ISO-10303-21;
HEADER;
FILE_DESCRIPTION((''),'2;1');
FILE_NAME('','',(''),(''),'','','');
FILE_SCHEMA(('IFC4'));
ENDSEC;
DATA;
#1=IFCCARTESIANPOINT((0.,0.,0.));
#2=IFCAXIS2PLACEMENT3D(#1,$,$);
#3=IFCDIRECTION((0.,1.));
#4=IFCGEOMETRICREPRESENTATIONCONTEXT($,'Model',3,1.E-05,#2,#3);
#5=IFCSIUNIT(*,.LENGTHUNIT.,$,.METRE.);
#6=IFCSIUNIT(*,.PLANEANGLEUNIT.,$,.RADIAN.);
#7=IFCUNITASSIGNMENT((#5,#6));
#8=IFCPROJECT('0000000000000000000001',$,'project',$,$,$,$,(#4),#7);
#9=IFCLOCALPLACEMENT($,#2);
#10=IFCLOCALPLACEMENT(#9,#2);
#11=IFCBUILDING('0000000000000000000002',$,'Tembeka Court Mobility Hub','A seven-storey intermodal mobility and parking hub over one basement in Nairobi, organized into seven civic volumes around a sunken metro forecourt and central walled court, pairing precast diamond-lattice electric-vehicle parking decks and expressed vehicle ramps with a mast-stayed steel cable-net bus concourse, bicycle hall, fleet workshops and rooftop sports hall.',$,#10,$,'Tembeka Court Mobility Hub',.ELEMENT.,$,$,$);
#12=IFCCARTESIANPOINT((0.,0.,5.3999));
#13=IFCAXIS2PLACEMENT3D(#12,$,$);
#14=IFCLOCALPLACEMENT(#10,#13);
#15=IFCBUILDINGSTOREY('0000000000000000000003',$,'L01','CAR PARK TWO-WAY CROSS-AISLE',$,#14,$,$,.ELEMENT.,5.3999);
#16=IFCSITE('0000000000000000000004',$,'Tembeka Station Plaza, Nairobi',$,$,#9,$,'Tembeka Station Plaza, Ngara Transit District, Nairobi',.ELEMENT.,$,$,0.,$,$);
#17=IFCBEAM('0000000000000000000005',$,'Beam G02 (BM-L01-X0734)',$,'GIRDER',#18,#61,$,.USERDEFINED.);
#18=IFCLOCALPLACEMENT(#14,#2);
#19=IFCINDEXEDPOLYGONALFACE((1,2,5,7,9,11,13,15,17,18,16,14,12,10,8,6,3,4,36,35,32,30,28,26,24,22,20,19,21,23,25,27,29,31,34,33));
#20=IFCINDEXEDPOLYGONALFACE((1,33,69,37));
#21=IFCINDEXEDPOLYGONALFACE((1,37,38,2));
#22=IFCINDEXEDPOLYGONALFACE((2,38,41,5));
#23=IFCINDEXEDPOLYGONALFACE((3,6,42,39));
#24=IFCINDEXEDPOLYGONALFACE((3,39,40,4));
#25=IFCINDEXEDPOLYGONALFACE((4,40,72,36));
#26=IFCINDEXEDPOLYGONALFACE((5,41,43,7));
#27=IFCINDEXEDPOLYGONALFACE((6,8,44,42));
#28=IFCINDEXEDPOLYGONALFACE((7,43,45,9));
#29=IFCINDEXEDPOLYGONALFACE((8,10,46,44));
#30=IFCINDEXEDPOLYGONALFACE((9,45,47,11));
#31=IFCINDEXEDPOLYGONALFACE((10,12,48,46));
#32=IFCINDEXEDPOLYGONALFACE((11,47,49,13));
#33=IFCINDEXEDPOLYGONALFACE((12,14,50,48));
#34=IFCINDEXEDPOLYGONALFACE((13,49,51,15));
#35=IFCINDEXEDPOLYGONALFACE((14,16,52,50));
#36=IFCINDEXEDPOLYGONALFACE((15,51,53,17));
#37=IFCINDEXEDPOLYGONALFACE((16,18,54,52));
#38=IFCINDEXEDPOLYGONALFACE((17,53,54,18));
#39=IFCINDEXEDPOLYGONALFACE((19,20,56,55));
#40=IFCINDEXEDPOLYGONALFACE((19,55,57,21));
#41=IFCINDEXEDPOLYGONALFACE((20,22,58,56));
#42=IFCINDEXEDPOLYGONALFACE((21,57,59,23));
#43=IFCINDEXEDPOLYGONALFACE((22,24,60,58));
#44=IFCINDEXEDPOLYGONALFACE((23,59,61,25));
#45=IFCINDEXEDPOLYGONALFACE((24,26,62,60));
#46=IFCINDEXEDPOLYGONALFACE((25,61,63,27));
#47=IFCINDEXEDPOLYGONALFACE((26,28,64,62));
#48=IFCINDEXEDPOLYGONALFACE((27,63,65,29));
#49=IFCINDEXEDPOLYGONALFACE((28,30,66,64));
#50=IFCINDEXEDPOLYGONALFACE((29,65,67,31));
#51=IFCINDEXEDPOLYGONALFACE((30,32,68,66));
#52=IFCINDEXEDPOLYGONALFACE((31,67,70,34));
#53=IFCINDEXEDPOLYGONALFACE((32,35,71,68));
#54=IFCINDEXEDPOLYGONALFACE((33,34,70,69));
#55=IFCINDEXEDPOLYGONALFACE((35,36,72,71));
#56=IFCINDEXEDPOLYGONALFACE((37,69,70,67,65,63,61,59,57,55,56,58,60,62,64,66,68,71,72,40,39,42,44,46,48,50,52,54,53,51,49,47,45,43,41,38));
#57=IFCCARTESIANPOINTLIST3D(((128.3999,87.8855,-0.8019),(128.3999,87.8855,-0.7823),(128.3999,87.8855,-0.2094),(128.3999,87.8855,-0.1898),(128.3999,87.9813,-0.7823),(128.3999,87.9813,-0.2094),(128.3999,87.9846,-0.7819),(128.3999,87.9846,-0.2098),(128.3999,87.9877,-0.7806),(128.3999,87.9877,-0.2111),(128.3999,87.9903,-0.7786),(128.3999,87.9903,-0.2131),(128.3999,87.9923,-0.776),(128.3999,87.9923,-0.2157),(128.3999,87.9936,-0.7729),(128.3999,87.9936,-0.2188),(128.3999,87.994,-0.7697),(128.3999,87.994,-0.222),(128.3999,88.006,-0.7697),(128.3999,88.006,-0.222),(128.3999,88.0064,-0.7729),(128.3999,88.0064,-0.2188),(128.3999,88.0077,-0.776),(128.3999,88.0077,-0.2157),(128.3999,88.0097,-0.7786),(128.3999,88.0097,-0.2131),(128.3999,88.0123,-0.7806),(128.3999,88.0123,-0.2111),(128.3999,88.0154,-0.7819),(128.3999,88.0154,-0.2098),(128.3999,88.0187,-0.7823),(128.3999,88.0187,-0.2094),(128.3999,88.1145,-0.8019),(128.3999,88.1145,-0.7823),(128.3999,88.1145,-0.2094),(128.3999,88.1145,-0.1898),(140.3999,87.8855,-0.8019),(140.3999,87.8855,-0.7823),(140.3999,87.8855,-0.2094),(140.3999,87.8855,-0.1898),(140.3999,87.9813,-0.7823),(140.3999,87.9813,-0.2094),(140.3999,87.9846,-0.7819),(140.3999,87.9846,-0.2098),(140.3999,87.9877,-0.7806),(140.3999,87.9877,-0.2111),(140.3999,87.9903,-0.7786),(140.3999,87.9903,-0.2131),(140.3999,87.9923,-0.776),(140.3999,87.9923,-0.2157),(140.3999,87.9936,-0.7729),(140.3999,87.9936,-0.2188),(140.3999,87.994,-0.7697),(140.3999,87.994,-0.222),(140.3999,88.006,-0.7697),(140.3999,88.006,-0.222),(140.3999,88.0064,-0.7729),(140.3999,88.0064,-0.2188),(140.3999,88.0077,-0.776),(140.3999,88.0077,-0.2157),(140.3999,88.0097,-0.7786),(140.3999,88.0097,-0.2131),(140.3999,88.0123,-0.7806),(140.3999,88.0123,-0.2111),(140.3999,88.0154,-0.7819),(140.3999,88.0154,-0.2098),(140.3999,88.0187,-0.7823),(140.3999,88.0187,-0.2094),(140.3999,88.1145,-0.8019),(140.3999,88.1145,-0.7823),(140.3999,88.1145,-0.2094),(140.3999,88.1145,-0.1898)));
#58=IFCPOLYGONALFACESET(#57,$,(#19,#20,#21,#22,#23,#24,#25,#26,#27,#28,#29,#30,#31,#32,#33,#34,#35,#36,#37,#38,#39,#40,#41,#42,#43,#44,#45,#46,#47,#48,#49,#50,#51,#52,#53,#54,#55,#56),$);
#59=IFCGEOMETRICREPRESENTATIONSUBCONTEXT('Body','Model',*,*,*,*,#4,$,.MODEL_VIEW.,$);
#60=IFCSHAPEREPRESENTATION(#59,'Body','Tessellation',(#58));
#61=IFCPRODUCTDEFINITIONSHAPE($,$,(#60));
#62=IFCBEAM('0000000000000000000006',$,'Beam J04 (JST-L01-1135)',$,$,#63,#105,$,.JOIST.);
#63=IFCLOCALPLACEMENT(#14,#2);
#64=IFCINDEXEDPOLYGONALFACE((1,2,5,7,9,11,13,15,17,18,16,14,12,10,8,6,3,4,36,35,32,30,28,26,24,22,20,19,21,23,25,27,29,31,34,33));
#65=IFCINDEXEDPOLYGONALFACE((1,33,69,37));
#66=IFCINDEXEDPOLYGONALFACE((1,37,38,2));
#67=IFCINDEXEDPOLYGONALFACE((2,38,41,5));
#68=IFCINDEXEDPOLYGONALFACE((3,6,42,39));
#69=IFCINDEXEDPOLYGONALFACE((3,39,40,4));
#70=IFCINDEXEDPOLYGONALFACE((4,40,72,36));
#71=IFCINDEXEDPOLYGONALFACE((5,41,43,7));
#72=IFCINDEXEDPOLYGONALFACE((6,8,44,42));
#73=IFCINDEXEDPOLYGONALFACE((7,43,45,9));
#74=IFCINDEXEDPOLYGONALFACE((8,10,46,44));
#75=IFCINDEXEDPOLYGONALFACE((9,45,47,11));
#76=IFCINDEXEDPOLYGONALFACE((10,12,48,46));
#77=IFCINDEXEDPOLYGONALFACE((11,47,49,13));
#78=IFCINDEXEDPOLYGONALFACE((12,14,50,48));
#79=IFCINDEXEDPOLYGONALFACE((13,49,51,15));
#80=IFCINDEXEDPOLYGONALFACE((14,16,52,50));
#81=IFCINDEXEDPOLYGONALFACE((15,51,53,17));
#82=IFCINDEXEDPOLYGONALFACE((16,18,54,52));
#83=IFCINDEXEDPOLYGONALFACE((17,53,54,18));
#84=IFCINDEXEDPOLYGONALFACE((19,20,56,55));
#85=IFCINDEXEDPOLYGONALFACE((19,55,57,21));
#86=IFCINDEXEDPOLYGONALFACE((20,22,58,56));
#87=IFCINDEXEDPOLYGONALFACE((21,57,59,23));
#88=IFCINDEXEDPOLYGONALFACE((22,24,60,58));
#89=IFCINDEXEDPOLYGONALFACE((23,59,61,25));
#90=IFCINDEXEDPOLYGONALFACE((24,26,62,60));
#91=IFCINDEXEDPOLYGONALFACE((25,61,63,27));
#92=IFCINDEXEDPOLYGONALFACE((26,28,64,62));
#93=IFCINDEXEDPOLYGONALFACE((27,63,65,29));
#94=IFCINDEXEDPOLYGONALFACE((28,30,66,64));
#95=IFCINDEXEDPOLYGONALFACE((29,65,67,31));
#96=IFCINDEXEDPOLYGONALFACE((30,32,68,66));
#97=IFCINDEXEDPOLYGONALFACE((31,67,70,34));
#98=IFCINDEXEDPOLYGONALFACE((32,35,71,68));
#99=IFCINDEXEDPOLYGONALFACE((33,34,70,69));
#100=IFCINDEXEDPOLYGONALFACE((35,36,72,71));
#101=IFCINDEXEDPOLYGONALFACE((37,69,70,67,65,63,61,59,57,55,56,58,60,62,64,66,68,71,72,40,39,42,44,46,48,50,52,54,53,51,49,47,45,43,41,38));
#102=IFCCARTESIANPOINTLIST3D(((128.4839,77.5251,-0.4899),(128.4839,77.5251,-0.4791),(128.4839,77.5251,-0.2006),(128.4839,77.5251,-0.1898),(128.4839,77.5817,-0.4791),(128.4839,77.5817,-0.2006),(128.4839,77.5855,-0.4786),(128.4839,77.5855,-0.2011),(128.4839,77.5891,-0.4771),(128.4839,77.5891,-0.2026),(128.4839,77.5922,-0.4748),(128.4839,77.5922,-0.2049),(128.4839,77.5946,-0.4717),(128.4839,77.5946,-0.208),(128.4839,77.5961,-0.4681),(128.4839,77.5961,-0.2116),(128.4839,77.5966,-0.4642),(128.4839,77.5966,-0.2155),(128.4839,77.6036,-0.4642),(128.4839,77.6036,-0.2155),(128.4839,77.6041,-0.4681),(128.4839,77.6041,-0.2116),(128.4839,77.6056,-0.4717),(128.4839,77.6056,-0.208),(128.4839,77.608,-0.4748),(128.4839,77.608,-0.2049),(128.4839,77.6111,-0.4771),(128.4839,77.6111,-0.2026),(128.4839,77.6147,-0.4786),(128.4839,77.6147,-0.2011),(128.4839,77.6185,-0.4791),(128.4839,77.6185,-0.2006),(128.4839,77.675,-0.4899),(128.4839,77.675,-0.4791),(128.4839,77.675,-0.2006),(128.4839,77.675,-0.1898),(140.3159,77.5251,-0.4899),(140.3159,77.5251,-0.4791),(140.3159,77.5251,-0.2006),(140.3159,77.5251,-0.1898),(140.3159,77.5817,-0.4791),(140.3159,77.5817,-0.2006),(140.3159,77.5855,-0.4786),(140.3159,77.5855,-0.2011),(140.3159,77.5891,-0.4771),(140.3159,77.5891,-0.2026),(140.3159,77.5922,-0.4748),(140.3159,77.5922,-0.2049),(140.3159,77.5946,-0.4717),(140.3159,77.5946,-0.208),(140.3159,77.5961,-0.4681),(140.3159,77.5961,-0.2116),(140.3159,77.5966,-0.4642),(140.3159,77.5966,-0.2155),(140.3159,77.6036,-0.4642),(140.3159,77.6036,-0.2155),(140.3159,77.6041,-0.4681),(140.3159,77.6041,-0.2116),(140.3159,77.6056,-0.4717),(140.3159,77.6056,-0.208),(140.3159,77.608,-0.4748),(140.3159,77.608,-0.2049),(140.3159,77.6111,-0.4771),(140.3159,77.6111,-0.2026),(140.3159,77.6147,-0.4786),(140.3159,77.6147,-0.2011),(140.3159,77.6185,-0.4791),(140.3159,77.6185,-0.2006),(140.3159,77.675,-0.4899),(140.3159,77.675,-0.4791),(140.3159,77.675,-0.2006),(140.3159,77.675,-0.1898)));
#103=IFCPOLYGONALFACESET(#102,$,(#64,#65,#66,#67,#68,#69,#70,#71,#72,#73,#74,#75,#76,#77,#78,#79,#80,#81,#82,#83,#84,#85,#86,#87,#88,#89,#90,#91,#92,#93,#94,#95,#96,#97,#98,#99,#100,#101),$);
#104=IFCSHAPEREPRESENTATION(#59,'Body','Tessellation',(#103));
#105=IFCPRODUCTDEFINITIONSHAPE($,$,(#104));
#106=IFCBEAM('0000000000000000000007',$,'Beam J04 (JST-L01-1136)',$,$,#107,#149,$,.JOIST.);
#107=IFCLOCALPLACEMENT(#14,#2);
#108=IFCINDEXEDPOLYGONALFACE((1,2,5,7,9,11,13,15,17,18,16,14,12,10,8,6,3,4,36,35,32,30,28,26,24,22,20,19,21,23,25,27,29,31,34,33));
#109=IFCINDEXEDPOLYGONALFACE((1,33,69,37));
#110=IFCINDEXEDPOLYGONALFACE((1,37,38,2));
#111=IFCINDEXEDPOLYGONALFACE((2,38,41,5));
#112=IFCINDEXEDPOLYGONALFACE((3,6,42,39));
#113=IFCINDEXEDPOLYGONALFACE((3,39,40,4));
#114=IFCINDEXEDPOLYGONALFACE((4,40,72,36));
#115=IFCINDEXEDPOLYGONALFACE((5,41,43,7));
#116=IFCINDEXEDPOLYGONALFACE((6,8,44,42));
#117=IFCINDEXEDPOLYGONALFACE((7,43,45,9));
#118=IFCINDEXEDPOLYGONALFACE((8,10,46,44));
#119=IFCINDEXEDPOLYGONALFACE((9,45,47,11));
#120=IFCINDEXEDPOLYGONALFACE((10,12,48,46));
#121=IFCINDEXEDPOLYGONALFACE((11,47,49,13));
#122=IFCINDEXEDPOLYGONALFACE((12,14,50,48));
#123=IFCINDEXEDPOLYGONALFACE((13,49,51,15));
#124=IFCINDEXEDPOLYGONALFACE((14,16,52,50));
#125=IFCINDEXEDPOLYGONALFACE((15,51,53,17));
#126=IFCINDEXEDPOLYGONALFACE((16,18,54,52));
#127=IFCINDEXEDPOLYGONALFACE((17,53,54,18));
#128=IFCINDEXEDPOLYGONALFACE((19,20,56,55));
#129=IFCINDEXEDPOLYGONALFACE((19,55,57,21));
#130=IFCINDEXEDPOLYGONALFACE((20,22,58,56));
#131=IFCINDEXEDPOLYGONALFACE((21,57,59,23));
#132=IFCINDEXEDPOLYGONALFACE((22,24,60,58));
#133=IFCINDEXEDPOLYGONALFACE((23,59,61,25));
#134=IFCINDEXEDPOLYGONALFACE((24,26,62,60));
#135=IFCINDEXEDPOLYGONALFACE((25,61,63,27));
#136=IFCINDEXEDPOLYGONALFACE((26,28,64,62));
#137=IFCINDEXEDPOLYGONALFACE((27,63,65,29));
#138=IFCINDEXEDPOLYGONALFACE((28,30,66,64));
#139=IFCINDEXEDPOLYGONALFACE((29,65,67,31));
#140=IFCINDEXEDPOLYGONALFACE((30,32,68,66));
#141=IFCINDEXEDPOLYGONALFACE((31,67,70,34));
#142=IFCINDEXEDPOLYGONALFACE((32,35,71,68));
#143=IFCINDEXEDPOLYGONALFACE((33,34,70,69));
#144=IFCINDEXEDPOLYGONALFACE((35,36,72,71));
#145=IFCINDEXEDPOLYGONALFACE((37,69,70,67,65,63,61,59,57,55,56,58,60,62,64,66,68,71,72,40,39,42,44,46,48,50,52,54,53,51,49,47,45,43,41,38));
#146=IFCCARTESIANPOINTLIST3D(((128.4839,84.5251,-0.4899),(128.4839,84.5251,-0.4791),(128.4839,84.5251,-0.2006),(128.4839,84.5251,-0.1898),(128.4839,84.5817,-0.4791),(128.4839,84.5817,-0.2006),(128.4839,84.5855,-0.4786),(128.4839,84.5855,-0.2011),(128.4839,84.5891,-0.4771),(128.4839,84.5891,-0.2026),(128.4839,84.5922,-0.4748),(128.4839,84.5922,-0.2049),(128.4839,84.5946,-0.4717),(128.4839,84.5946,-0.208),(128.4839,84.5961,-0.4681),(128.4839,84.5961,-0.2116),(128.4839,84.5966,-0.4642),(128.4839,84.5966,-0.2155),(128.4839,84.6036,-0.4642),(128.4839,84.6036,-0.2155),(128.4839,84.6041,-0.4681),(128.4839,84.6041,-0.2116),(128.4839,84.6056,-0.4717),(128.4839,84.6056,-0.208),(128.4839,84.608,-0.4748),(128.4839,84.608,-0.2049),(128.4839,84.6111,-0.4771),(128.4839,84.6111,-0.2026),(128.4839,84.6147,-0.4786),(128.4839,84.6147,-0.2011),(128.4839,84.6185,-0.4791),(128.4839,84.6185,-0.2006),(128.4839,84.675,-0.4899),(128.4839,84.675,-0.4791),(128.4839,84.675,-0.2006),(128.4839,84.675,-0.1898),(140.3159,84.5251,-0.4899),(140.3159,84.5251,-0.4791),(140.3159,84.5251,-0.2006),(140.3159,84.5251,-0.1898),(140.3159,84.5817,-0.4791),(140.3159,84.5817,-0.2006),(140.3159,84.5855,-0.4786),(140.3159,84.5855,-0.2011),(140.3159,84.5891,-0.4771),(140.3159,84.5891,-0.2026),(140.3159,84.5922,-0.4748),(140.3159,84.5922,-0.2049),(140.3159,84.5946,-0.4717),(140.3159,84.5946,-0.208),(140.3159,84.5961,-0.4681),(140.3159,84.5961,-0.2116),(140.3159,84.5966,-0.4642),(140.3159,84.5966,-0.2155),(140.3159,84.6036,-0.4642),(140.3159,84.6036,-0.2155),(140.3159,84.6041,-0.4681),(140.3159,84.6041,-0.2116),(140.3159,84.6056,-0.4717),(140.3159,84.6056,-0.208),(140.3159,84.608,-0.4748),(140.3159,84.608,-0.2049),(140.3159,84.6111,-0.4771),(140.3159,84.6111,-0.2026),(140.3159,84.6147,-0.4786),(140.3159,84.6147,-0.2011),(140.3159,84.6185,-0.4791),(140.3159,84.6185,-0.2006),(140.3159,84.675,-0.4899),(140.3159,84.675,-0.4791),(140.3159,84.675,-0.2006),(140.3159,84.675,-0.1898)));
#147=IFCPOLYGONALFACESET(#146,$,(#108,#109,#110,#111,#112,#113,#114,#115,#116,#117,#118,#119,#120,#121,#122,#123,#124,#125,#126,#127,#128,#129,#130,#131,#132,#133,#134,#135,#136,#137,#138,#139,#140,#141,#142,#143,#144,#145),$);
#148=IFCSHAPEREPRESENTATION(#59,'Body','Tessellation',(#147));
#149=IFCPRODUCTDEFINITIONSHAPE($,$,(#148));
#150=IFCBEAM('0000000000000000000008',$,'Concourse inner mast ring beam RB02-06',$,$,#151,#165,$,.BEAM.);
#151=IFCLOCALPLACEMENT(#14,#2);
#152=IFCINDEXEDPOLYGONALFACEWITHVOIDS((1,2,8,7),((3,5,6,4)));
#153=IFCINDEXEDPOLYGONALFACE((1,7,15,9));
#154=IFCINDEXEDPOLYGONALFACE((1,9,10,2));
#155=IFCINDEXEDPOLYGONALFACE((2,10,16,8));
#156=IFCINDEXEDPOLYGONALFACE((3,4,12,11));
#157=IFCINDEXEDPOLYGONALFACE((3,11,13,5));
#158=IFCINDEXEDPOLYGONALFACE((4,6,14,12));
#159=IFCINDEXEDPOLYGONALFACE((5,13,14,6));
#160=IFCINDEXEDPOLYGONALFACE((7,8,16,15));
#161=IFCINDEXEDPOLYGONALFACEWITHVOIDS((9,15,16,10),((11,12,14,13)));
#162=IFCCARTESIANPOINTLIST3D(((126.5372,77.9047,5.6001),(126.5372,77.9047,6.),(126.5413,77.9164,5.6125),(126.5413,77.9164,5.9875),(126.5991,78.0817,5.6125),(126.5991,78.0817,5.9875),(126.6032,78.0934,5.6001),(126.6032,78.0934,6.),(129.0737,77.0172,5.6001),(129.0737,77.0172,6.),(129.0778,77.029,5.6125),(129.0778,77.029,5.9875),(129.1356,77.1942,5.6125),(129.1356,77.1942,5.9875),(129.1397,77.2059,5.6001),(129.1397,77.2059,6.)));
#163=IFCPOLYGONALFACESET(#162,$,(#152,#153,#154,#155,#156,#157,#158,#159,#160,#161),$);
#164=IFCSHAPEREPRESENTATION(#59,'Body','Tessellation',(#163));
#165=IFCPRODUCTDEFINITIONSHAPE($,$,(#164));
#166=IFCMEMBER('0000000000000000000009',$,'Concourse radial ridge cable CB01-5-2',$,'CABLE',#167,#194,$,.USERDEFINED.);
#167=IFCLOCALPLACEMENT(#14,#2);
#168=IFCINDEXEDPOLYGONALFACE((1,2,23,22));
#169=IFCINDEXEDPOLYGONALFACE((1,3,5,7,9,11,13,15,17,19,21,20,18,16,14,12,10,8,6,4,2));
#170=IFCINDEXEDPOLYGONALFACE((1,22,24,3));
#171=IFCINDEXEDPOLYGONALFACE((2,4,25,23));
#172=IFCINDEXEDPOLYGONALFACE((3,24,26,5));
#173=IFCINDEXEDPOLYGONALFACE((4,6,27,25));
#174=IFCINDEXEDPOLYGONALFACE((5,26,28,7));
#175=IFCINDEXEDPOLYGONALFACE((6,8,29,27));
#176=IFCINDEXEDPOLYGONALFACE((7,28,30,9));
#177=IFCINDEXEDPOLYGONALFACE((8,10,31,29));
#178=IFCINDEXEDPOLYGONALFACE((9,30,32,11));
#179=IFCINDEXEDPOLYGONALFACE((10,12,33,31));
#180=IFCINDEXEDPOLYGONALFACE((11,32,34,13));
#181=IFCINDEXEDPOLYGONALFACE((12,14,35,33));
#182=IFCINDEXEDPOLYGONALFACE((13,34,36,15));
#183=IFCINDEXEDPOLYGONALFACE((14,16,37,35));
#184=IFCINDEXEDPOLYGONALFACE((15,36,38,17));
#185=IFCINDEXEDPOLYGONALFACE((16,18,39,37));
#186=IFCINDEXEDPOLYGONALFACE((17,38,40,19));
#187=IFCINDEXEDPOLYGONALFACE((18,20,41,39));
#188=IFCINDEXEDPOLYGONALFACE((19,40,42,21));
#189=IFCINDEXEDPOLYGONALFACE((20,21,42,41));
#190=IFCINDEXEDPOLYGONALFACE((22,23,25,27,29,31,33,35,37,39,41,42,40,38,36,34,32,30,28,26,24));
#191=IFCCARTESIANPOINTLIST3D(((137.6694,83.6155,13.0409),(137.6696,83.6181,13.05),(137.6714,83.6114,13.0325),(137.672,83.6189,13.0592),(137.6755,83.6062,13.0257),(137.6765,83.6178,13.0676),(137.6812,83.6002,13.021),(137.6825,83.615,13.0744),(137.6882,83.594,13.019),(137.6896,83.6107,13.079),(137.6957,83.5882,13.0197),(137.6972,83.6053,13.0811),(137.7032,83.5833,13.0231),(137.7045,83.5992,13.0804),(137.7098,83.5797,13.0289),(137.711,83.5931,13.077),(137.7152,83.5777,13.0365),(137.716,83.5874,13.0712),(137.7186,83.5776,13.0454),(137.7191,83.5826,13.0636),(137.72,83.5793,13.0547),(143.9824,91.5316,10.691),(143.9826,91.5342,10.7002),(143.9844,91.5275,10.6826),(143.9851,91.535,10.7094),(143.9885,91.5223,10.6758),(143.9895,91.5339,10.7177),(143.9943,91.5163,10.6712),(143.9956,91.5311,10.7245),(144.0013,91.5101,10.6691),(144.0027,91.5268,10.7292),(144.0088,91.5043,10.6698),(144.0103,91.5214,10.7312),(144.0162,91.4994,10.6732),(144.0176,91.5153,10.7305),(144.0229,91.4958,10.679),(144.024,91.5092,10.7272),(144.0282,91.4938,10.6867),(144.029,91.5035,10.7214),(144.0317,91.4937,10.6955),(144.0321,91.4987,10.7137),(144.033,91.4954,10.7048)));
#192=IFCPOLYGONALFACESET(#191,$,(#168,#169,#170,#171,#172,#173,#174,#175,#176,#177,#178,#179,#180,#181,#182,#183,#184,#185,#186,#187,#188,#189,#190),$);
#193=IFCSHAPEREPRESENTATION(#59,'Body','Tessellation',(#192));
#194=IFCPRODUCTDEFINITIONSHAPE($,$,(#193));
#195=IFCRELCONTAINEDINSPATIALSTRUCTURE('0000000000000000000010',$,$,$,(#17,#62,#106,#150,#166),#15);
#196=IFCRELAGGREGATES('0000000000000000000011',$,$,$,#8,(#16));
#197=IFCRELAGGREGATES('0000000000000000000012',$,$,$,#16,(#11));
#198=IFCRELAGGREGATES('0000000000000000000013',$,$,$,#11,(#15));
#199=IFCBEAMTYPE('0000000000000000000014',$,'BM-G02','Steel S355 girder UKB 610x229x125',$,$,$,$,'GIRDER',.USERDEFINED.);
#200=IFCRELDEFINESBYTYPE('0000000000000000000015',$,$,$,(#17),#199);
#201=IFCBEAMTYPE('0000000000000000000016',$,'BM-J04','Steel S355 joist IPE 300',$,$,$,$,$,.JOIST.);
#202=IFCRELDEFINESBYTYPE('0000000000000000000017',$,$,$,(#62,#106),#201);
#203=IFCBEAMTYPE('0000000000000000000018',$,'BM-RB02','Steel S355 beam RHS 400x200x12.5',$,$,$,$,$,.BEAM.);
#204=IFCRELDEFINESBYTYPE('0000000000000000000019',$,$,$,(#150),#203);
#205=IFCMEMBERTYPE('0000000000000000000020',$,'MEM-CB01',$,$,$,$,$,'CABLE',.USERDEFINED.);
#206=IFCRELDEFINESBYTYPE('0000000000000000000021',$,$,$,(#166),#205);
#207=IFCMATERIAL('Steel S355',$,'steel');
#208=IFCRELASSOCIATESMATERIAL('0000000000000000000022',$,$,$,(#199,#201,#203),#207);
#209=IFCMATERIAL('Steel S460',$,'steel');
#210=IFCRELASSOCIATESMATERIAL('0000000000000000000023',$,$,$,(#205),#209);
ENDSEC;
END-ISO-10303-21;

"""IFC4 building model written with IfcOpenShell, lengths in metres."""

from ifc_helpers import new_model, si_unit, direction, frame, origin, origin_2d, place, context, subcontext, project, spatial, hollow_rectangle, circle, i_section, extrude, material, material_profile, profile_set, type_object, element, save


model = new_model("IFC4")

# Units and contexts
model_context = context("Model", 3, precision=1e-05, world=origin(), true_north=direction((0.0, 1.0)))
body_context = subcontext(model_context, "Body", "Model", "MODEL_VIEW")
ifc_project = project(units=[si_unit("LENGTHUNIT", "METRE"), si_unit("PLANEANGLEUNIT", "RADIAN")], contexts=[model_context])

# Site, building, storey
site_placement = place(None, origin())
site = spatial("IfcSite", under=ifc_project, at=site_placement, Name="Tembeka Station Plaza, Nairobi", LongName="Tembeka Station Plaza, Ngara Transit District, Nairobi", CompositionType="ELEMENT", RefElevation=0.0)
building_placement = place(site_placement, origin())
building = spatial("IfcBuilding", under=site, at=building_placement, Name="Tembeka Court Mobility Hub", Description="A seven-storey intermodal mobility and parking hub over one basement in Nairobi, organized into seven civic volumes around a sunken metro forecourt and central walled court, pairing precast diamond-lattice electric-vehicle parking decks and expressed vehicle ramps with a mast-stayed steel cable-net bus concourse, bicycle hall, fleet workshops and rooftop sports hall.", LongName="Tembeka Court Mobility Hub", CompositionType="ELEMENT")
storey_placement = place(building_placement, frame((0.0, 0.0, 5.3999)))
storey = spatial("IfcBuildingStorey", under=building, at=storey_placement, Name="L01", Description="CAR PARK TWO-WAY CROSS-AISLE", CompositionType="ELEMENT", Elevation=5.3999)

# Shared definitions
ifc_material_1 = material(Name="Steel S355", Category="steel")

# Beams
ifc_material_profile_1 = material_profile(ifc_material_1, i_section(OverallWidth=0.229, OverallDepth=0.6121, WebThickness=0.012, FlangeThickness=0.0195, FilletRadius=0.0127, at=origin_2d()), Name="UKB 610x229x125")
ifc_profile_set_1 = profile_set([ifc_material_profile_1], Name="Steel S355")
beam_type_1 = type_object("IfcBeamType", Name="BM-G02", Description="Steel S355 girder UKB 610x229x125", ElementType="GIRDER", PredefinedType="USERDEFINED", material=ifc_profile_set_1)
beam_1_placement = place(storey_placement, frame((128.3999, 88.0, -0.4958), z_axis=(1.0, 0.0, 0.0), x_axis=(0.0, 1.0, 0.0)))
element("IfcBeam", 1, at=beam_1_placement, inside=storey, type_object=beam_type_1, Name="Beam G02 (BM-L01-X0734)", ObjectType="GIRDER", PredefinedType="USERDEFINED", context=body_context, shape_type="SweptSolid", body=[
    extrude(i_section(OverallWidth=0.229, OverallDepth=0.6121, WebThickness=0.012, FlangeThickness=0.0195, FilletRadius=0.0127, at=origin_2d()), origin(), (0.0, 0.0, 1.0), 12.0),
])
ifc_material_profile_2 = material_profile(ifc_material_1, i_section(OverallWidth=0.1499, OverallDepth=0.3, WebThickness=0.0071, FlangeThickness=0.0107, FilletRadius=0.0149, at=origin_2d()), Name="IPE 300")
ifc_profile_set_2 = profile_set([ifc_material_profile_2], Name="Steel S355")
beam_type_2 = type_object("IfcBeamType", Name="BM-J04", Description="Steel S355 joist IPE 300", PredefinedType="JOIST", material=ifc_profile_set_2)
for number, where, z_axis, x_axis, name in (
    (2, (128.4839, 77.6001, -0.3398), (1.0, 0.0, 0.0), (0.0, 1.0, 0.0), "Beam J04 (JST-L01-1135)"),
    (3, (128.4839, 84.6001, -0.3398), (1.0, 0.0, 0.0), (0.0, 1.0, 0.0), "Beam J04 (JST-L01-1136)"),
):
    element("IfcBeam", number, at=place(storey_placement, frame(where, z_axis=z_axis, x_axis=x_axis)), inside=storey, type_object=beam_type_2, Name=name, PredefinedType="JOIST", context=body_context, shape_type="SweptSolid", body=[
        extrude(i_section(OverallWidth=0.1499, OverallDepth=0.3, WebThickness=0.0071, FlangeThickness=0.0107, FilletRadius=0.0149, at=origin_2d()), origin(), (0.0, 0.0, 1.0), 11.832),
    ])
ifc_material_profile_3 = material_profile(ifc_material_1, hollow_rectangle(XDim=0.2, YDim=0.3999, WallThickness=0.0125, at=origin_2d()), Name="RHS 400x200x12.5")
ifc_profile_set_3 = profile_set([ifc_material_profile_3], Name="Steel S355")
beam_type_3 = type_object("IfcBeamType", Name="BM-RB02", Description="Steel S355 beam RHS 400x200x12.5", PredefinedType="BEAM", material=ifc_profile_set_3)
beam_2_placement = place(storey_placement, frame((129.1067, 77.1116, 5.8), z_axis=(-0.943891, 0.330257, 0.0), x_axis=(-0.330257, -0.943891, 0.0)))
element("IfcBeam", 4, at=beam_2_placement, inside=storey, type_object=beam_type_3, Name="Concourse inner mast ring beam RB02-06", PredefinedType="BEAM", context=body_context, shape_type="SweptSolid", body=[
    extrude(hollow_rectangle(XDim=0.2, YDim=0.3999, WallThickness=0.0125, at=origin_2d()), origin(), (0.0, 0.0, 1.0), 2.6873),
])

# Member
ifc_material_2 = material(Name="Steel S460", Category="steel")
ifc_material_profile_4 = material_profile(ifc_material_2, circle(Radius=0.032, at=origin_2d()), Name="CABLE D64")
ifc_profile_set_4 = profile_set([ifc_material_profile_4], Name="Steel S460")
member_type_1 = type_object("IfcMemberType", Name="MEM-CB01", ElementType="CABLE", PredefinedType="USERDEFINED", material=ifc_profile_set_4)
member_1_placement = place(storey_placement, frame((137.6946, 83.5981, 13.05), z_axis=(0.607358, 0.761582, -0.226074), x_axis=(-0.781823, 0.6235, 0.0)))
element("IfcMember", 5, at=member_1_placement, inside=storey, type_object=member_type_1, Name="Concourse radial ridge cable CB01-5-2", ObjectType="CABLE", PredefinedType="USERDEFINED", context=body_context, shape_type="SweptSolid", body=[
    extrude(circle(Radius=0.032, at=origin_2d()), origin(), (0.0, 0.0, 1.0), 10.3943),
])

save(model, "model.ifc")
